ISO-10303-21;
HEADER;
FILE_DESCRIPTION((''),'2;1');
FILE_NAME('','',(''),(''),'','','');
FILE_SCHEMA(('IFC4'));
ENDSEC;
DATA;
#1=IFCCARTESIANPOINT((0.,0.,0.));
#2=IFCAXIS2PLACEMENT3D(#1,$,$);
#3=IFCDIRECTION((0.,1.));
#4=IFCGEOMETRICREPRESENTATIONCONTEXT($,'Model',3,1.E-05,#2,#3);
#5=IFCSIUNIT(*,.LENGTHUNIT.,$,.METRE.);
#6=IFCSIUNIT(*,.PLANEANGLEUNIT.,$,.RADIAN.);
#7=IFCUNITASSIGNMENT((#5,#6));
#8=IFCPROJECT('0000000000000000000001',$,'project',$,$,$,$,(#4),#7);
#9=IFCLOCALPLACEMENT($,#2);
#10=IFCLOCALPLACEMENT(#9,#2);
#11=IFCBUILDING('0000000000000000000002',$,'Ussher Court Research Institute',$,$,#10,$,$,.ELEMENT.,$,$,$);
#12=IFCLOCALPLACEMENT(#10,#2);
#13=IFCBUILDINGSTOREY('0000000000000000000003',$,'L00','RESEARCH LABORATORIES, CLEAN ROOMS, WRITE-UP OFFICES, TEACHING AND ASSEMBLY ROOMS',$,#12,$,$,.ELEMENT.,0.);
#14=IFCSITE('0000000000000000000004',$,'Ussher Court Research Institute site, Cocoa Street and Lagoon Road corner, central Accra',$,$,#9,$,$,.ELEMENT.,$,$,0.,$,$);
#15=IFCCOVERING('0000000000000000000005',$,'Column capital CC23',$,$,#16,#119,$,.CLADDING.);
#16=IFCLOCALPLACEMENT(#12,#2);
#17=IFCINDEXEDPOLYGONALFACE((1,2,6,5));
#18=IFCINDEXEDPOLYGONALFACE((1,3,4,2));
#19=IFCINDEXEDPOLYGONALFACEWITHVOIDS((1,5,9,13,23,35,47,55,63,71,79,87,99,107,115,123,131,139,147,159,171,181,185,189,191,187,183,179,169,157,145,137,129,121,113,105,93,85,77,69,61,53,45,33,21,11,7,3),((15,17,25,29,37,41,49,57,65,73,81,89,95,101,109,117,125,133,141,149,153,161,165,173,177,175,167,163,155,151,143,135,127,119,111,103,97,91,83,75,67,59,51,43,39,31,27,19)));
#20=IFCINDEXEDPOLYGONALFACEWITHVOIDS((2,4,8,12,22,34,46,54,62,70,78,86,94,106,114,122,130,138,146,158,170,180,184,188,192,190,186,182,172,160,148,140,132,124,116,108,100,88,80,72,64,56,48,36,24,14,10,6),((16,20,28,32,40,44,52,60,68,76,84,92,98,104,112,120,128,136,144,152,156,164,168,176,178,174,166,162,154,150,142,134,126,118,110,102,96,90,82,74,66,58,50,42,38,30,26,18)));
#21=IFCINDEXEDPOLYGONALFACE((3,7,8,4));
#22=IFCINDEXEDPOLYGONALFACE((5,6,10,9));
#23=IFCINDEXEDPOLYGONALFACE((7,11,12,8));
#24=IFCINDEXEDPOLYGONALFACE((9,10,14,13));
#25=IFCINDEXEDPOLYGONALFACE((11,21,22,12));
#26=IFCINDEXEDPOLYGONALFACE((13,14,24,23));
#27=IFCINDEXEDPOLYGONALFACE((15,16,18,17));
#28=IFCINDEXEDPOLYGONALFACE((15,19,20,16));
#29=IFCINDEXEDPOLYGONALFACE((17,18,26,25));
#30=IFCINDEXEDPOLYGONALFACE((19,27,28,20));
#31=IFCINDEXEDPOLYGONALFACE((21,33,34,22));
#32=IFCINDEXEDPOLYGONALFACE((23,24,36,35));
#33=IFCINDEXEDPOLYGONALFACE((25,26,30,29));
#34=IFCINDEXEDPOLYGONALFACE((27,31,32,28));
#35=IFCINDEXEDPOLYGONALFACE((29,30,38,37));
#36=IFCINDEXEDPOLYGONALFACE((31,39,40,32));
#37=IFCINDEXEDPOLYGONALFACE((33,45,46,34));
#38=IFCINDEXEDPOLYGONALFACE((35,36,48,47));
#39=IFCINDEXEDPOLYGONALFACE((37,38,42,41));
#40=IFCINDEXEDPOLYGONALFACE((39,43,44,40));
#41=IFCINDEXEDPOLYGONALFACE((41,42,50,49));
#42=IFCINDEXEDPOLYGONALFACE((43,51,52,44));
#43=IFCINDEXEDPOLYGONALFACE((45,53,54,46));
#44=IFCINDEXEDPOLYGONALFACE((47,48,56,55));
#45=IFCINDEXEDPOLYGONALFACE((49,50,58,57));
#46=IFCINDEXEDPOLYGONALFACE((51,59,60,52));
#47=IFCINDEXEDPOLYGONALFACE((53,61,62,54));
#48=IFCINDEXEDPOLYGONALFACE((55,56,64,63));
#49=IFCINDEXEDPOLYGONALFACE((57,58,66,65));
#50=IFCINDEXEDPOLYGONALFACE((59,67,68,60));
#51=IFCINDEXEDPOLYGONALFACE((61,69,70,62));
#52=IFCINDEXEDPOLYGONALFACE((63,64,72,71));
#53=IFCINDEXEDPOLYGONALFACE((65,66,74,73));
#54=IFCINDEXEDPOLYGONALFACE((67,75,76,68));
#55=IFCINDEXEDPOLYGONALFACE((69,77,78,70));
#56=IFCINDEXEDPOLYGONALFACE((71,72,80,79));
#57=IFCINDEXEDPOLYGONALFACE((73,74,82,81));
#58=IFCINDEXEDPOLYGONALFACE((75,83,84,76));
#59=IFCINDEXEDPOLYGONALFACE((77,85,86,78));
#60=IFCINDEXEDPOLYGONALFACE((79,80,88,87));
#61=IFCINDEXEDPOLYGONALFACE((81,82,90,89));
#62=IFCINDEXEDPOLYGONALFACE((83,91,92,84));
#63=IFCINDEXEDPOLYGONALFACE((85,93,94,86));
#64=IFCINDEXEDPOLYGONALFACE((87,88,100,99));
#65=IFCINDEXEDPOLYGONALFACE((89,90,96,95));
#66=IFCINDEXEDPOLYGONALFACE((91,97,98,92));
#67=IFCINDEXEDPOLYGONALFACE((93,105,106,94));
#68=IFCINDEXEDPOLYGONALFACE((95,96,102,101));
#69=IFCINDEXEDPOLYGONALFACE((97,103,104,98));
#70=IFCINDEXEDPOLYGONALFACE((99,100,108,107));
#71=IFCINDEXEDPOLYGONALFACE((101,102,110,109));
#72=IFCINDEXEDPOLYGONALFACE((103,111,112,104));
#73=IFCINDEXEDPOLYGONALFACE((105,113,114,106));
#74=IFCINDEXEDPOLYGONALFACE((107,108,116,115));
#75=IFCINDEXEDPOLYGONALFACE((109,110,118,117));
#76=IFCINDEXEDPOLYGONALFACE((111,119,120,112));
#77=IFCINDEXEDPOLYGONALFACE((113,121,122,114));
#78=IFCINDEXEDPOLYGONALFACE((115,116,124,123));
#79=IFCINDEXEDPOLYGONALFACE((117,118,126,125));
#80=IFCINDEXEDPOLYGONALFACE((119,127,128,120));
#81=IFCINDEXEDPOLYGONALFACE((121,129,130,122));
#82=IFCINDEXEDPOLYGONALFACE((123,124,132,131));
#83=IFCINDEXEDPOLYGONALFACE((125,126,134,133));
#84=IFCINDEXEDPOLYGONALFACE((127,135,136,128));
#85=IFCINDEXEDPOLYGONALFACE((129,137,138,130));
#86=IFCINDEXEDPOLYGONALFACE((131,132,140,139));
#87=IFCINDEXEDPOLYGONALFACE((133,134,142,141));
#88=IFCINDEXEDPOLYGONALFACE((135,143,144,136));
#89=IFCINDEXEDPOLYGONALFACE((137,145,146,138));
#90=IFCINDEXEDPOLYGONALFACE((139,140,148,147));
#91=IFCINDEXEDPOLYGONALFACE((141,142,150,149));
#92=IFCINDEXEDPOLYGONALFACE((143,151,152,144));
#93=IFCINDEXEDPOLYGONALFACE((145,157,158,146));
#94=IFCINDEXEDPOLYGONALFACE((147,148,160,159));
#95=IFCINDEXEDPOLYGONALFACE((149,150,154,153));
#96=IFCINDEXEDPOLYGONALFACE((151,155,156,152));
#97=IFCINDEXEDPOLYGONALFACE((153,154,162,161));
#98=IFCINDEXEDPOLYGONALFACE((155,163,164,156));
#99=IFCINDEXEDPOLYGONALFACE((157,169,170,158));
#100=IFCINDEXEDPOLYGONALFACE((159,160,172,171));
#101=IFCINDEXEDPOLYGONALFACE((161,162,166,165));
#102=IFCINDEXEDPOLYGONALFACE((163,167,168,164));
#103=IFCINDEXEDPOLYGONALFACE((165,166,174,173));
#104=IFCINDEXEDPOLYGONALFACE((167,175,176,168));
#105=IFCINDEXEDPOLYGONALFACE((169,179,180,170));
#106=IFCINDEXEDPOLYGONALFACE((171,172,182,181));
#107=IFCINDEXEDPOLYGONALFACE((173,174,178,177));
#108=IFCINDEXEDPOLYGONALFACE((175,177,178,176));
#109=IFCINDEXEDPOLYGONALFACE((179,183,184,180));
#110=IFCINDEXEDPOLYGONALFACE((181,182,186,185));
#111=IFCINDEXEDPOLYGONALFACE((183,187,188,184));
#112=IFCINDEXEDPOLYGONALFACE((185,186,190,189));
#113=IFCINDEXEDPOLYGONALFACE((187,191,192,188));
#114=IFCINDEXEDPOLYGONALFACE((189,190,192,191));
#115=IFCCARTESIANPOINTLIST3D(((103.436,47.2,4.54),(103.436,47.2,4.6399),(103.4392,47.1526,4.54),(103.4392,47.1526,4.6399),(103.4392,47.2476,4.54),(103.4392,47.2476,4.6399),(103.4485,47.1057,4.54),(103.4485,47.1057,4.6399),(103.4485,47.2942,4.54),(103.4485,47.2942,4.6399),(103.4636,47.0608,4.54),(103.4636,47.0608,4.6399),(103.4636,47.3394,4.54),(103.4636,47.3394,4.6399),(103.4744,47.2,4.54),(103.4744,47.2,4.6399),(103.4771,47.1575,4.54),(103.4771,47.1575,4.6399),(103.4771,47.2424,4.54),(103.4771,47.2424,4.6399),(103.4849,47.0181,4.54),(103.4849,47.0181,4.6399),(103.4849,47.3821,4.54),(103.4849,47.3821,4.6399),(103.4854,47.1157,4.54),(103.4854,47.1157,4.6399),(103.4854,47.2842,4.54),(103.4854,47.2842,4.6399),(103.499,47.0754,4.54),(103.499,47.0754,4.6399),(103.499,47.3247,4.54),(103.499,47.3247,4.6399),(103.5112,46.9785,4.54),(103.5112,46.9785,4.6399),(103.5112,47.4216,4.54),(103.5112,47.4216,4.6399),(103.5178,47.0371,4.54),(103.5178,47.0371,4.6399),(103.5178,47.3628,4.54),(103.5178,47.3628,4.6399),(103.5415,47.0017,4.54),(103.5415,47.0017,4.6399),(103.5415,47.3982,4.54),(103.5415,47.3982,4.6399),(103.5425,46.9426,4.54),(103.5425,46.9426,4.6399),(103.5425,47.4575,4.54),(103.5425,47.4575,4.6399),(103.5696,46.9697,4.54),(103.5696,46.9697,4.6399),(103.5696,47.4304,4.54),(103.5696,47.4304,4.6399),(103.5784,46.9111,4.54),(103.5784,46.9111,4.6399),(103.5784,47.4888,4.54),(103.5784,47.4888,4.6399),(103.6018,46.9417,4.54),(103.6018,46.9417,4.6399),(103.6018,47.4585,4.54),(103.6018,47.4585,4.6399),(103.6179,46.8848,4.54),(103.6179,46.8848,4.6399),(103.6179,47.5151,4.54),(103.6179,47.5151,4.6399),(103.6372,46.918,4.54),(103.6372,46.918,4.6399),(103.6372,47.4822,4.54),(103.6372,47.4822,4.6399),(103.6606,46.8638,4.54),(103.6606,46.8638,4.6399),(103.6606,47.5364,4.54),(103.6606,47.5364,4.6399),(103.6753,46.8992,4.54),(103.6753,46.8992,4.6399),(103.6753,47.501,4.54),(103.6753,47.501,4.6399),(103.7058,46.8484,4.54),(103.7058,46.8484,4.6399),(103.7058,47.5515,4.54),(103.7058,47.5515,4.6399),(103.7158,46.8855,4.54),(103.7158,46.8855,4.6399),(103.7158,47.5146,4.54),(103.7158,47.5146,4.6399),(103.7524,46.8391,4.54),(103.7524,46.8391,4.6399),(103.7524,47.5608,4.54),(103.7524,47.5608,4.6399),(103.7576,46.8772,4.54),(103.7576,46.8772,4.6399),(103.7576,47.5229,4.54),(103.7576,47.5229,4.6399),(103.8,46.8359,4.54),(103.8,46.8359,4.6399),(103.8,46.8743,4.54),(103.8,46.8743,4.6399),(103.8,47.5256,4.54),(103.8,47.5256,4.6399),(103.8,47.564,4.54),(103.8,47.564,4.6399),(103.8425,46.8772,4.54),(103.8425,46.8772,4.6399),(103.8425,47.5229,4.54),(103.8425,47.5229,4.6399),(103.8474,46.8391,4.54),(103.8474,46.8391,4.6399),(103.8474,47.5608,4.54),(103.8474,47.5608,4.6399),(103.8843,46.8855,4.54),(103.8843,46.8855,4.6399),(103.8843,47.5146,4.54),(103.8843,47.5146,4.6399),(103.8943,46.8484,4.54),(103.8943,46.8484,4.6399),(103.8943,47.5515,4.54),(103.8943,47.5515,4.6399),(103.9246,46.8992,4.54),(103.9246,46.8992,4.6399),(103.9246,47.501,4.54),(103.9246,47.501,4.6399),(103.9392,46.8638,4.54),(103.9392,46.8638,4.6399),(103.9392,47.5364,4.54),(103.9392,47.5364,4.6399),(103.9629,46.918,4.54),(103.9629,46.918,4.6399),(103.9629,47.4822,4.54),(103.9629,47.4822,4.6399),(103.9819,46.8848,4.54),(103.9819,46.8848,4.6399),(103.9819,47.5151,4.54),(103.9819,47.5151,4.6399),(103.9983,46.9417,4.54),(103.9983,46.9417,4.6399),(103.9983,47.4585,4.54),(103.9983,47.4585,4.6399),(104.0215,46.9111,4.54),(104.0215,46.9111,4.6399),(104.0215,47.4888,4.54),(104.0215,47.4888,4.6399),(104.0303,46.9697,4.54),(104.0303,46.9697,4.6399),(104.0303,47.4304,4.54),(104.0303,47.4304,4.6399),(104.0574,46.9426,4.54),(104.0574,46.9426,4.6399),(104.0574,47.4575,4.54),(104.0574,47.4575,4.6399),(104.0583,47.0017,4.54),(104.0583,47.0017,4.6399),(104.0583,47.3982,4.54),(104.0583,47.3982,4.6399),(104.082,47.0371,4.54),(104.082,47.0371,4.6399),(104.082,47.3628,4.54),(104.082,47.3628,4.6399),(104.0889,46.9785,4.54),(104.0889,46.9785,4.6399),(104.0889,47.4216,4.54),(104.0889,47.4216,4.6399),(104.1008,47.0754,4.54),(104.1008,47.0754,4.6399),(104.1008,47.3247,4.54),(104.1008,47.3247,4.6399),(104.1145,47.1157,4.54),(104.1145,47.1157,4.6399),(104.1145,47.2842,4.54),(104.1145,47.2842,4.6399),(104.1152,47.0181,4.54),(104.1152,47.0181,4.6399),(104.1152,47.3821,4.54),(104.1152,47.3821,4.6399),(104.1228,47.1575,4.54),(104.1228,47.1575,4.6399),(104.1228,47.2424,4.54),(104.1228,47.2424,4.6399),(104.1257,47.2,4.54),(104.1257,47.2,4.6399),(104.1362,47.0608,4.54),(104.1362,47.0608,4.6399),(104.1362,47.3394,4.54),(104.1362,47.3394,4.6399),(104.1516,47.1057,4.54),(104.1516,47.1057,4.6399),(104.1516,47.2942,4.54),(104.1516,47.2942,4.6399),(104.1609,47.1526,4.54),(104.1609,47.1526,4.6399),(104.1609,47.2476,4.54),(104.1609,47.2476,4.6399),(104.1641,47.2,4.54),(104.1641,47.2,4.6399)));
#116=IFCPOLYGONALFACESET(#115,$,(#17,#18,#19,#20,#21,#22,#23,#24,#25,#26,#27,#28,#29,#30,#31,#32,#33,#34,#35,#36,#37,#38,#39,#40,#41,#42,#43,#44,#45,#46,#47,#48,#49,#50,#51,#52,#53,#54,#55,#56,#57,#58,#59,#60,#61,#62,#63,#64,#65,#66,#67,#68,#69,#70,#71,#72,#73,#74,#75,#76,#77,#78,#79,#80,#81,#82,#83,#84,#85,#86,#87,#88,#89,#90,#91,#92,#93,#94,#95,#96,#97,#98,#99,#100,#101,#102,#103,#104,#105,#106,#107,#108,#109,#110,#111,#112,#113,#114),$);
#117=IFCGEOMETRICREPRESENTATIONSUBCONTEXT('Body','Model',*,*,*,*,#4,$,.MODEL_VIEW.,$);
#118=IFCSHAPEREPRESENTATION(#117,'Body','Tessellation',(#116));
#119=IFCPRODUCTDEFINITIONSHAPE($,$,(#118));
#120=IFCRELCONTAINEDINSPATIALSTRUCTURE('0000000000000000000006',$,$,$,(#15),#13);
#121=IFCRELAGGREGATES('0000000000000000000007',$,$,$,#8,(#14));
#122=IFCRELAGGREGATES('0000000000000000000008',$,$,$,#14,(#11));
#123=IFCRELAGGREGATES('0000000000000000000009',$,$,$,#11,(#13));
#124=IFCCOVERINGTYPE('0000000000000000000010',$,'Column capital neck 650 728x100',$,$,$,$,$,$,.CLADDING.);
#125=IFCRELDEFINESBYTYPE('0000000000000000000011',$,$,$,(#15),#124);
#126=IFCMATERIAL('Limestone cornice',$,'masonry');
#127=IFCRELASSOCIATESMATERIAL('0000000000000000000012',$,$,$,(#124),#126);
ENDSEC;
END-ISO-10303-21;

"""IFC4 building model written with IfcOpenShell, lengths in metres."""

from ifc_helpers import new_model, si_unit, direction, frame, origin, place, context, subcontext, project, spatial, polyline, outline, extrude, material, type_object, element, save


model = new_model("IFC4")

# Units and contexts
model_context = context("Model", 3, precision=1e-05, world=origin(), true_north=direction((0.0, 1.0)))
body_context = subcontext(model_context, "Body", "Model", "MODEL_VIEW")
ifc_project = project(units=[si_unit("LENGTHUNIT", "METRE"), si_unit("PLANEANGLEUNIT", "RADIAN")], contexts=[model_context])

# Site, building, storey
site_placement = place(None, origin())
site = spatial("IfcSite", under=ifc_project, at=site_placement, Name="Ussher Court Research Institute site, Cocoa Street and Lagoon Road corner, central Accra", CompositionType="ELEMENT", RefElevation=0.0)
building_placement = place(site_placement, origin())
building = spatial("IfcBuilding", under=site, at=building_placement, Name="Ussher Court Research Institute", CompositionType="ELEMENT")
storey_placement = place(building_placement, origin())
storey = spatial("IfcBuildingStorey", under=building, at=storey_placement, Name="L00", Description="RESEARCH LABORATORIES, CLEAN ROOMS, WRITE-UP OFFICES, TEACHING AND ASSEMBLY ROOMS", CompositionType="ELEMENT", Elevation=0.0)

# Covering
ifc_material_1 = material(Name="Limestone cornice", Category="masonry")
covering_type_1 = type_object("IfcCoveringType", Name="Column capital neck 650 728x100", PredefinedType="CLADDING", material=ifc_material_1)
covering_1_placement = place(storey_placement, frame((0.0, 0.0, 4.54)))
element("IfcCovering", 1, at=covering_1_placement, inside=storey, type_object=covering_type_1, Name="Column capital CC23", PredefinedType="CLADDING", context=body_context, shape_type="SweptSolid", body=[
    extrude(outline(polyline([(104.1641, 47.2), (104.1609, 47.2476), (104.1516, 47.2942), (104.1362, 47.3394), (104.1152, 47.3821), (104.0889, 47.4216), (104.0574, 47.4575), (104.0215, 47.4888), (103.9819, 47.5151), (103.9392, 47.5364), (103.8943, 47.5515), (103.8474, 47.5608), (103.8, 47.564), (103.7524, 47.5608), (103.7058, 47.5515), (103.6606, 47.5364), (103.6179, 47.5151), (103.5784, 47.4888), (103.5425, 47.4575), (103.5112, 47.4216), (103.4849, 47.3821), (103.4636, 47.3394), (103.4485, 47.2942), (103.4392, 47.2476), (103.436, 47.2), (103.4392, 47.1526), (103.4485, 47.1057), (103.4636, 47.0608), (103.4849, 47.0181), (103.5112, 46.9785), (103.5425, 46.9426), (103.5784, 46.9111), (103.6179, 46.8848), (103.6606, 46.8638), (103.7058, 46.8484), (103.7524, 46.8391), (103.8, 46.8359), (103.8474, 46.8391), (103.8943, 46.8484), (103.9392, 46.8638), (103.9819, 46.8848), (104.0215, 46.9111), (104.0574, 46.9426), (104.0889, 46.9785), (104.1152, 47.0181), (104.1362, 47.0608), (104.1516, 47.1057), (104.1609, 47.1526), (104.1641, 47.2)]), holes=[polyline([(104.1257, 47.2), (104.1228, 47.2424), (104.1145, 47.2842), (104.1008, 47.3247), (104.082, 47.3628), (104.0583, 47.3982), (104.0303, 47.4304), (103.9983, 47.4585), (103.9629, 47.4822), (103.9246, 47.501), (103.8843, 47.5146), (103.8425, 47.5229), (103.8, 47.5256), (103.7576, 47.5229), (103.7158, 47.5146), (103.6753, 47.501), (103.6372, 47.4822), (103.6018, 47.4585), (103.5696, 47.4304), (103.5415, 47.3982), (103.5178, 47.3628), (103.499, 47.3247), (103.4854, 47.2842), (103.4771, 47.2424), (103.4744, 47.2), (103.4771, 47.1575), (103.4854, 47.1157), (103.499, 47.0754), (103.5178, 47.0371), (103.5415, 47.0017), (103.5696, 46.9697), (103.6018, 46.9417), (103.6372, 46.918), (103.6753, 46.8992), (103.7158, 46.8855), (103.7576, 46.8772), (103.8, 46.8743), (103.8425, 46.8772), (103.8843, 46.8855), (103.9246, 46.8992), (103.9629, 46.918), (103.9983, 46.9417), (104.0303, 46.9697), (104.0583, 47.0017), (104.082, 47.0371), (104.1008, 47.0754), (104.1145, 47.1157), (104.1228, 47.1575), (104.1257, 47.2)])]), origin(), (0.0, 0.0, 1.0), 0.0999),
])

save(model, "model.ifc")
